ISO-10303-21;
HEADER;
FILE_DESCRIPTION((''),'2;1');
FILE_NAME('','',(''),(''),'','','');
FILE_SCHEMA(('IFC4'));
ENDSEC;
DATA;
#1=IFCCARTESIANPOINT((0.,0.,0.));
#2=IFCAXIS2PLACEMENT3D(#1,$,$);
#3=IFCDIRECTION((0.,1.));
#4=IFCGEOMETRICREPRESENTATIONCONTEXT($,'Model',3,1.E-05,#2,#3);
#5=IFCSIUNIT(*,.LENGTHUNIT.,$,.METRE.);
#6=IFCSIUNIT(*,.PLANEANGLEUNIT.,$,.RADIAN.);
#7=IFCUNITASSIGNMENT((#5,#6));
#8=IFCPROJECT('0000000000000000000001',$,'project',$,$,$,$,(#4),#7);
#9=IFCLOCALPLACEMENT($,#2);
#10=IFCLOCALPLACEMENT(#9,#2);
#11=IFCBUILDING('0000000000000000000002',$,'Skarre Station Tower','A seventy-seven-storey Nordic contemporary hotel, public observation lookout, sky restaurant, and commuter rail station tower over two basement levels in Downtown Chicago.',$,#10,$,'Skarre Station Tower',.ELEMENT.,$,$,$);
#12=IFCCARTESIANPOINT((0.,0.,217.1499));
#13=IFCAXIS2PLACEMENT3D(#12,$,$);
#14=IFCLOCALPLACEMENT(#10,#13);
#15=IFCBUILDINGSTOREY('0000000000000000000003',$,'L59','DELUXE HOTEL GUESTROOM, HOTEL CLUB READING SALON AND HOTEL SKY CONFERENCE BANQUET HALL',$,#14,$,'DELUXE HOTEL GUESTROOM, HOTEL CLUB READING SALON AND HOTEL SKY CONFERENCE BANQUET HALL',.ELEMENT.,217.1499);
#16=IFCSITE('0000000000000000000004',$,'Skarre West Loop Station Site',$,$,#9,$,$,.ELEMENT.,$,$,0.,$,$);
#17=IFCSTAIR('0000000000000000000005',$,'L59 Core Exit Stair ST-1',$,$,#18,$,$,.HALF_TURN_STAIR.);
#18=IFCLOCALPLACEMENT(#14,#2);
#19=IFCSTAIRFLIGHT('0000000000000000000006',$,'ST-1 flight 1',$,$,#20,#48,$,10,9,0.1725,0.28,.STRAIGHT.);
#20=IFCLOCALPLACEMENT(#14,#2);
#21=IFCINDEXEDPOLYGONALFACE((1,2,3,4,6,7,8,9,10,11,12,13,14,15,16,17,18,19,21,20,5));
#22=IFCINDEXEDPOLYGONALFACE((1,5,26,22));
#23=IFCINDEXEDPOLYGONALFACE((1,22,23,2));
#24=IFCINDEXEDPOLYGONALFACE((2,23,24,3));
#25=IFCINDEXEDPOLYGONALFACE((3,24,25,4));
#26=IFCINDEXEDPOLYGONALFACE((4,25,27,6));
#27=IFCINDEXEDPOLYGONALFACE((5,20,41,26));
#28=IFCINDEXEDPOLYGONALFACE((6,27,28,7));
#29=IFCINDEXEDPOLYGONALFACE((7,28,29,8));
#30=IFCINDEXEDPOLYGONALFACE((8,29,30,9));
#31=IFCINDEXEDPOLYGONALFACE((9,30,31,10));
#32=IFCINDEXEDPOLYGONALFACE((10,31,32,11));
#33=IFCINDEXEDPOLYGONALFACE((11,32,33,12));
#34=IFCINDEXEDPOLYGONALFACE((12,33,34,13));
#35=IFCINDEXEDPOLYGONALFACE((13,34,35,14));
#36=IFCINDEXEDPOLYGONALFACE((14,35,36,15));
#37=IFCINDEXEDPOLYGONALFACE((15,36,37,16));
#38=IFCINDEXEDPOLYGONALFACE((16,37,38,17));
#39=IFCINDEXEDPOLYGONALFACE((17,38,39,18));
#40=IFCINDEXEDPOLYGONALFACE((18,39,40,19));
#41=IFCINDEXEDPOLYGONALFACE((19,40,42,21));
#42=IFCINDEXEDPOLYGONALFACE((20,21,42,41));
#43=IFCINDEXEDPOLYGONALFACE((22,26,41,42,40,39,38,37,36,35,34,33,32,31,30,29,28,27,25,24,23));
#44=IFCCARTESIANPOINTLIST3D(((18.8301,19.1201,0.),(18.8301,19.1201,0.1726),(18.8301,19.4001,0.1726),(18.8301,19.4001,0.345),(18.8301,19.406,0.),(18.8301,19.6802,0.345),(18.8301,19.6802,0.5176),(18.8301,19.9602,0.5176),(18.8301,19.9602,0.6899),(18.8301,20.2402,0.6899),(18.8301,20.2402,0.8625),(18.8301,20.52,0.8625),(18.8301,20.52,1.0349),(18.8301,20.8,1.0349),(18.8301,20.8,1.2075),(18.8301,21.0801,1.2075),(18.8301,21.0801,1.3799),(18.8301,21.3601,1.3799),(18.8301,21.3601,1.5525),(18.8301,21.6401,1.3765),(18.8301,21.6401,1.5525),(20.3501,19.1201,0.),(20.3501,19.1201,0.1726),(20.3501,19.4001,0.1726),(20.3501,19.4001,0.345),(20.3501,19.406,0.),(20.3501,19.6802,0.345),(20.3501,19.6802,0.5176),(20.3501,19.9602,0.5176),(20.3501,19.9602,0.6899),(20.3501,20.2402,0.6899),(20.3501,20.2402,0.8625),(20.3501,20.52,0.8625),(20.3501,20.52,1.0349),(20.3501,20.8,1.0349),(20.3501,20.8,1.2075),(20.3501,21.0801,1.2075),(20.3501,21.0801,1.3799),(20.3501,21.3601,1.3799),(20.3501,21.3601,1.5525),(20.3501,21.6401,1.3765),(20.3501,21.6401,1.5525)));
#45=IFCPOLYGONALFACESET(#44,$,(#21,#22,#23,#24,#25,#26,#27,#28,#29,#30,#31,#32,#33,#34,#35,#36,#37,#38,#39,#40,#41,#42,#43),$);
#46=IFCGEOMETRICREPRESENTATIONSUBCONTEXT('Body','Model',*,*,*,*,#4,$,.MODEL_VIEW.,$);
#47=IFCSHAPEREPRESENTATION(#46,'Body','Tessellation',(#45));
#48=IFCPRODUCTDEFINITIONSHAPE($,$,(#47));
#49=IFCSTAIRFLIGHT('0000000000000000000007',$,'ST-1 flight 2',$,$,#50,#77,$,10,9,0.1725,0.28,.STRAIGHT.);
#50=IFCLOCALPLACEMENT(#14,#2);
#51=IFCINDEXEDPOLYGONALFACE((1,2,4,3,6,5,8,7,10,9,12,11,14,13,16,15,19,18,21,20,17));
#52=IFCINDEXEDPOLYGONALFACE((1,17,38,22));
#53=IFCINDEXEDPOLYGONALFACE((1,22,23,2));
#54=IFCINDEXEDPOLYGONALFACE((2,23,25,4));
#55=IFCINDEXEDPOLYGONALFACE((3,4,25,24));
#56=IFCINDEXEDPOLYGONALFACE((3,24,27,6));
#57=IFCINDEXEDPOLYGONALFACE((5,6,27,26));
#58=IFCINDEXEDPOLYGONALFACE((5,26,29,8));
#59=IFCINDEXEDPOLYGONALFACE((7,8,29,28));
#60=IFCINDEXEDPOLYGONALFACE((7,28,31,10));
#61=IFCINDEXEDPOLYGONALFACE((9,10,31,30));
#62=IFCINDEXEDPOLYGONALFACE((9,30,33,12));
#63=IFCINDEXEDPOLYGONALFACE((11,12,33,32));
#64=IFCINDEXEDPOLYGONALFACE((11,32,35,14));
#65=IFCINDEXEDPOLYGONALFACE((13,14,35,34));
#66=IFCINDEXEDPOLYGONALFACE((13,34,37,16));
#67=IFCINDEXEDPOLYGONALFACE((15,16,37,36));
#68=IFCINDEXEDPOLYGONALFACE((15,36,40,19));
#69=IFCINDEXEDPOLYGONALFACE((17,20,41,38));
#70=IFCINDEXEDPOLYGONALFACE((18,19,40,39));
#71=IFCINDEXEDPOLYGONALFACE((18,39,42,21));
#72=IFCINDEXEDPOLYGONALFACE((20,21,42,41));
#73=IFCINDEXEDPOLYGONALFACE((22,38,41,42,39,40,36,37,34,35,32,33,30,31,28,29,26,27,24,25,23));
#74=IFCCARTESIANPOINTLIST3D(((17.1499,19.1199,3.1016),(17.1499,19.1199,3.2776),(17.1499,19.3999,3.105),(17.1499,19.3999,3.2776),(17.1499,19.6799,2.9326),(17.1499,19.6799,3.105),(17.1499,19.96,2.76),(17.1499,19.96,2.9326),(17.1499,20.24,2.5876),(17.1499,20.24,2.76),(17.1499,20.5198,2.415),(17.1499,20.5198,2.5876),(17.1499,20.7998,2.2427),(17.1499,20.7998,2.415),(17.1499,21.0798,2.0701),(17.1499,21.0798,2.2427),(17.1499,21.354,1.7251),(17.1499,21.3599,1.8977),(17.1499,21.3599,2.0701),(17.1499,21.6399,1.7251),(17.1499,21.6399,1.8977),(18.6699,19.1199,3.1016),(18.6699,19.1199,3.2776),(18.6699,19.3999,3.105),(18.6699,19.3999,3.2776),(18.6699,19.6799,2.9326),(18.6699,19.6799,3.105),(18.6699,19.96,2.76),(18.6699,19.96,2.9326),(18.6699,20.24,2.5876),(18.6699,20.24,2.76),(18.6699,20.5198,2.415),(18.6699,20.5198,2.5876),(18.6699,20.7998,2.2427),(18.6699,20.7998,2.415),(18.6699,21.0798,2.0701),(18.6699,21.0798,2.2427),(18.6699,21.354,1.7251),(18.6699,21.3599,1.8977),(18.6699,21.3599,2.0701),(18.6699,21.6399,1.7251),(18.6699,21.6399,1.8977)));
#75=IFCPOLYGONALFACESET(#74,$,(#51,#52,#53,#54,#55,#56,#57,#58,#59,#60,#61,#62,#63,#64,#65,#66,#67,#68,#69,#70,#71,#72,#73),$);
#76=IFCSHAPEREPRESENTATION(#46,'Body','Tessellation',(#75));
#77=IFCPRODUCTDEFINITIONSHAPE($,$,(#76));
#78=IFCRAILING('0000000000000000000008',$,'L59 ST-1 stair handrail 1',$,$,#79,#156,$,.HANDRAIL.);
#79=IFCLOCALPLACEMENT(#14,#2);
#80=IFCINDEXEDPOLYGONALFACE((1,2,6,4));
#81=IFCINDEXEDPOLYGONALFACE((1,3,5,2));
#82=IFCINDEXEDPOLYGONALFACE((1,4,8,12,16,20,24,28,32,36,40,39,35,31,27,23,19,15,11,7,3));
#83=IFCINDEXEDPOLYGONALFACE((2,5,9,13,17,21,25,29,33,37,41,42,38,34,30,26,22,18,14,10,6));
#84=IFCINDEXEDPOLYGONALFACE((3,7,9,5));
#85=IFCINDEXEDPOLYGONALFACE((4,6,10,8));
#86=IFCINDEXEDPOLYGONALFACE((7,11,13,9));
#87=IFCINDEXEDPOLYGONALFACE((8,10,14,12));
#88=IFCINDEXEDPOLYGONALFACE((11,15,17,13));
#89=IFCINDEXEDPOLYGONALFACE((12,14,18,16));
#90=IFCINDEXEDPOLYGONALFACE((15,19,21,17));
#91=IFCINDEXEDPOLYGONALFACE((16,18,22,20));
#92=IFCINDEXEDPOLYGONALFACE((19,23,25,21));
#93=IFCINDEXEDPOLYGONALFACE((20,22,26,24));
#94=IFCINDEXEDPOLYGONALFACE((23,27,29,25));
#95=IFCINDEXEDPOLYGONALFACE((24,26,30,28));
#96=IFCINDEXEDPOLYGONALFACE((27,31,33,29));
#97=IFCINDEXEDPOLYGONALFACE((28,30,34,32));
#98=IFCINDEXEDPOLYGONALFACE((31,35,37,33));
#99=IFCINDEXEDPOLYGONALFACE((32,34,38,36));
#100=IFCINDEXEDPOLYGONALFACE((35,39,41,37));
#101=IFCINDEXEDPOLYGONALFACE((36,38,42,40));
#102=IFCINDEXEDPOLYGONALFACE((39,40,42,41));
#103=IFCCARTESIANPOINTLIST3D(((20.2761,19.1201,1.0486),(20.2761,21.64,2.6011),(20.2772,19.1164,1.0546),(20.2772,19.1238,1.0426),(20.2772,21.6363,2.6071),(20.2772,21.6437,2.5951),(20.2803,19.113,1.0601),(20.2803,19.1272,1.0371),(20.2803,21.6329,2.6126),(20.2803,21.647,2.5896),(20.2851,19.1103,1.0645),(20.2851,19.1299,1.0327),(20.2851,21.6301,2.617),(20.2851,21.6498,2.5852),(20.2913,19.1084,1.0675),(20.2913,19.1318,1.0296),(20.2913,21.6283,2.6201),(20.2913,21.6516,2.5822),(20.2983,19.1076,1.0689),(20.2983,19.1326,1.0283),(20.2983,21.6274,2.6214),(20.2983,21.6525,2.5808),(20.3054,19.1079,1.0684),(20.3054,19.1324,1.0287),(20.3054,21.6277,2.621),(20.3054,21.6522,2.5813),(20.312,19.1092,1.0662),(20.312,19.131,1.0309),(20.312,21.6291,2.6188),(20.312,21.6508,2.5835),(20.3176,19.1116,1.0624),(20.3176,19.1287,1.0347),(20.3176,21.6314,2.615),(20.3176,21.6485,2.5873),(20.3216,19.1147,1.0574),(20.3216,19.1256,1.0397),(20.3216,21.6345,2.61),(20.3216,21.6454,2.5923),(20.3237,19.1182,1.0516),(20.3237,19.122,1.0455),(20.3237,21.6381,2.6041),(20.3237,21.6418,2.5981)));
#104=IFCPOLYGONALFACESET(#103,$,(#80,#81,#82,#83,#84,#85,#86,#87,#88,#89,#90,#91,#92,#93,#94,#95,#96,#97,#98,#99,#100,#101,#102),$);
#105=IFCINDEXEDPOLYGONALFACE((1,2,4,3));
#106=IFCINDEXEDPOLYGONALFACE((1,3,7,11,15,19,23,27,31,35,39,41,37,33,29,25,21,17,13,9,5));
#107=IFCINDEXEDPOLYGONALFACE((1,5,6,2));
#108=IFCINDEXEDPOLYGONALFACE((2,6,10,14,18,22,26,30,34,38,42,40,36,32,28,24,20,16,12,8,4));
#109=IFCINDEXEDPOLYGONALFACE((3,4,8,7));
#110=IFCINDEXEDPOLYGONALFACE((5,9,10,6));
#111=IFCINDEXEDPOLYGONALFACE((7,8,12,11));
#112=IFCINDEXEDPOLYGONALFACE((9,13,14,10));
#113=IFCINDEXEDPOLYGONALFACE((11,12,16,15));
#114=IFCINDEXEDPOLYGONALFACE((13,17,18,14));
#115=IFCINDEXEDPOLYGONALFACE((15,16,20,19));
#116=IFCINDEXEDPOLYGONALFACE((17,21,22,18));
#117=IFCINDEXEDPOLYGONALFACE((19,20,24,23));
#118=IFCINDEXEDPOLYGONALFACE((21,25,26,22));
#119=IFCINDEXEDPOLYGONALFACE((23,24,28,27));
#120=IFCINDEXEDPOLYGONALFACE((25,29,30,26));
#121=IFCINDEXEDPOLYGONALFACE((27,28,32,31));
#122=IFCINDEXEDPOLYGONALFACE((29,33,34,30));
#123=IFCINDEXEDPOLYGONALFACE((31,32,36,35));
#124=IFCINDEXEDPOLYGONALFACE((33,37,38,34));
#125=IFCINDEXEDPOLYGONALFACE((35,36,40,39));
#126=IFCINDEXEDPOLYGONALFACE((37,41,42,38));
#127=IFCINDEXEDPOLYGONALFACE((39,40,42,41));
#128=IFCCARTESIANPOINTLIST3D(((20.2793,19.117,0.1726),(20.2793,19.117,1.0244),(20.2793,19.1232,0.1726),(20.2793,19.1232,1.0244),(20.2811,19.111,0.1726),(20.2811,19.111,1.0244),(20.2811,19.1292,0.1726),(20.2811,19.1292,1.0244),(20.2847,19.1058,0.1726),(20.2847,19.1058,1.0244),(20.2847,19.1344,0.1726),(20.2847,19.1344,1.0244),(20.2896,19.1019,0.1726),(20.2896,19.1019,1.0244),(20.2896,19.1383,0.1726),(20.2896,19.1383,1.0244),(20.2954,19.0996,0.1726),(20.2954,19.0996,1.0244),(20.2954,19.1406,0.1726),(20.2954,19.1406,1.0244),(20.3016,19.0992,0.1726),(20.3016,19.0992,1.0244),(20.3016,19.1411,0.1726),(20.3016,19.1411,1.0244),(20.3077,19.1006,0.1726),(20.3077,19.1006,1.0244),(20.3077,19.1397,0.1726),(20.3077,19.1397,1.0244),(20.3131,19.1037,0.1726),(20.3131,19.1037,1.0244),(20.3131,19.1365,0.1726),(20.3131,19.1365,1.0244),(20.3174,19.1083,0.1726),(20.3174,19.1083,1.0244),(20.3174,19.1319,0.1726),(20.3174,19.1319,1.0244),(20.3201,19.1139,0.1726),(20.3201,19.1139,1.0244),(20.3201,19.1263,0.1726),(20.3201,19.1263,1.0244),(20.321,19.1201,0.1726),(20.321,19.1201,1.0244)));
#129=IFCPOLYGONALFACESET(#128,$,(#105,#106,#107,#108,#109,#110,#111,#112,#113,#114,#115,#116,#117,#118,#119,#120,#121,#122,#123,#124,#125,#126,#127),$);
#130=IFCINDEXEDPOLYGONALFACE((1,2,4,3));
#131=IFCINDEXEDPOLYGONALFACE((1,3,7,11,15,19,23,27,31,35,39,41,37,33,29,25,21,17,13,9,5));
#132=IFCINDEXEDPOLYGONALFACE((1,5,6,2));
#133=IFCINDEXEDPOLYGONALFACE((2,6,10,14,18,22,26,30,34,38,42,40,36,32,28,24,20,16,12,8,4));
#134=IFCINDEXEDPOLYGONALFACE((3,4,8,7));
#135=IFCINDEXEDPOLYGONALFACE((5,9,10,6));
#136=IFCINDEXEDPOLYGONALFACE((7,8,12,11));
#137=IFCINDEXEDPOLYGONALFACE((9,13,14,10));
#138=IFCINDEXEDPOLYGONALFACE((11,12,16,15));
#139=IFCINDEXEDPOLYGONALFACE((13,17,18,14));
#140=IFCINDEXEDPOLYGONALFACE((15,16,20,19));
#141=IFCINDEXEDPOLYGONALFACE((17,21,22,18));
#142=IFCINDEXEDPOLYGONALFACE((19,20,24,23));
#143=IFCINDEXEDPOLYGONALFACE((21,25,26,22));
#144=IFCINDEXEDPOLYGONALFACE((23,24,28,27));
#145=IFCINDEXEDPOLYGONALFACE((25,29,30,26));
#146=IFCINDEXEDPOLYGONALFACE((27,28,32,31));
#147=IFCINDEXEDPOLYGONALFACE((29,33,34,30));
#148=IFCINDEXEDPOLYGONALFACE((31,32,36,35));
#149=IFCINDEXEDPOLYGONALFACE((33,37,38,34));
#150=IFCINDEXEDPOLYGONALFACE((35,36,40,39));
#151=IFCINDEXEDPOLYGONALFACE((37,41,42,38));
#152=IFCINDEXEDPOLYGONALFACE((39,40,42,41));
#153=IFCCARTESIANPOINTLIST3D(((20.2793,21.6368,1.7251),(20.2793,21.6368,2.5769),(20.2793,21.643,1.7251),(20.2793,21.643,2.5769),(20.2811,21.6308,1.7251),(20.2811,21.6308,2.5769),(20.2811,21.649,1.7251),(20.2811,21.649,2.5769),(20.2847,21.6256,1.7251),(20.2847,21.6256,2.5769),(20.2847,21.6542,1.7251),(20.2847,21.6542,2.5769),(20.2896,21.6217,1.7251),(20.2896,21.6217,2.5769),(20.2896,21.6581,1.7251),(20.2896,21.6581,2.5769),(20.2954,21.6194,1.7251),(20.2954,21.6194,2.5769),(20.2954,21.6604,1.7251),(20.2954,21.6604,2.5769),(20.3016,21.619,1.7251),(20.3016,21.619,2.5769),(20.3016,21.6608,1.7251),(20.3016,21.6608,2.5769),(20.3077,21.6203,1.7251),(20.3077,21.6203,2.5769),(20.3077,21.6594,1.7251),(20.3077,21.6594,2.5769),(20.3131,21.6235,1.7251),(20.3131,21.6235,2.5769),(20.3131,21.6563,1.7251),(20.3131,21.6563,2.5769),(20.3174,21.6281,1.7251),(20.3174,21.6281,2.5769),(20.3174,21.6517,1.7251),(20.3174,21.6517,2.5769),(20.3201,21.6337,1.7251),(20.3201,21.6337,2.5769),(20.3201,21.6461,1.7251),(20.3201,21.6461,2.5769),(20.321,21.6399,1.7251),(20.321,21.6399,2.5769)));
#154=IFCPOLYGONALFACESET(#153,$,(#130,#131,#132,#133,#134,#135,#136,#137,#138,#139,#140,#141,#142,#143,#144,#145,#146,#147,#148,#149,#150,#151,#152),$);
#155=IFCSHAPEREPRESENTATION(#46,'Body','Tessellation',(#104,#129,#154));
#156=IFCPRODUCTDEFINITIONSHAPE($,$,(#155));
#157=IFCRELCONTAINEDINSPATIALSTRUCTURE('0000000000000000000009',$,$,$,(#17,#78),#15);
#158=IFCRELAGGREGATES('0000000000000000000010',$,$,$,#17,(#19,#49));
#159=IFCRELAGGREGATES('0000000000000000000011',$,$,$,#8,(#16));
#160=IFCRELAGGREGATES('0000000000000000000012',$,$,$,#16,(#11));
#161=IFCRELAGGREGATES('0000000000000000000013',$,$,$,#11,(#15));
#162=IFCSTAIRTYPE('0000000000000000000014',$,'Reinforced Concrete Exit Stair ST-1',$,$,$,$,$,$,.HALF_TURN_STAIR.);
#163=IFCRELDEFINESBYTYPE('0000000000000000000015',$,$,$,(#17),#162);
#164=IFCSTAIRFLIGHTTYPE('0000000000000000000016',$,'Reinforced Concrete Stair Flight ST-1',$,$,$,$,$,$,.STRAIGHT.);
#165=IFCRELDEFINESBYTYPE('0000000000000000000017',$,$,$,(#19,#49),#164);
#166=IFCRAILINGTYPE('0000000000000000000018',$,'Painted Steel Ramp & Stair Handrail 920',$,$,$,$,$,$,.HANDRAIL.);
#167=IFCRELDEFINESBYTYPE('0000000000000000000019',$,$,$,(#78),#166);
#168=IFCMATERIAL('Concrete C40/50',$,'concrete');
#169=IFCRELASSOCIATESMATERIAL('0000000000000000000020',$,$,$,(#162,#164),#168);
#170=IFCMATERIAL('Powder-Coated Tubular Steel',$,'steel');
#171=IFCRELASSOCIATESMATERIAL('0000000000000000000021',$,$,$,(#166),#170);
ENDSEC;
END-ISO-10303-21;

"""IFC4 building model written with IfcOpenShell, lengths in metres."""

from ifc_helpers import new_model, si_unit, direction, frame, origin, origin_2d, place, context, subcontext, project, spatial, polyline, circle, outline, extrude, material, type_object, element, aggregate, save


model = new_model("IFC4")

# Units and contexts
model_context = context("Model", 3, precision=1e-05, world=origin(), true_north=direction((0.0, 1.0)))
body_context = subcontext(model_context, "Body", "Model", "MODEL_VIEW")
ifc_project = project(units=[si_unit("LENGTHUNIT", "METRE"), si_unit("PLANEANGLEUNIT", "RADIAN")], contexts=[model_context])

# Site, building, storey
site_placement = place(None, origin())
site = spatial("IfcSite", under=ifc_project, at=site_placement, Name="Skarre West Loop Station Site", CompositionType="ELEMENT", RefElevation=0.0)
building_placement = place(site_placement, origin())
building = spatial("IfcBuilding", under=site, at=building_placement, Name="Skarre Station Tower", Description="A seventy-seven-storey Nordic contemporary hotel, public observation lookout, sky restaurant, and commuter rail station tower over two basement levels in Downtown Chicago.", LongName="Skarre Station Tower", CompositionType="ELEMENT")
storey_placement = place(building_placement, frame((0.0, 0.0, 217.1499)))
storey = spatial("IfcBuildingStorey", under=building, at=storey_placement, Name="L59", Description="DELUXE HOTEL GUESTROOM, HOTEL CLUB READING SALON AND HOTEL SKY CONFERENCE BANQUET HALL", LongName="DELUXE HOTEL GUESTROOM, HOTEL CLUB READING SALON AND HOTEL SKY CONFERENCE BANQUET HALL", CompositionType="ELEMENT", Elevation=217.1499)

# Stair
ifc_material_1 = material(Name="Concrete C40/50", Category="concrete")
stair_type_1 = type_object("IfcStairType", Name="Reinforced Concrete Exit Stair ST-1", PredefinedType="HALF_TURN_STAIR", material=ifc_material_1)
stair_1_placement = place(storey_placement, origin())
stair_1 = element("IfcStair", 1, at=stair_1_placement, inside=storey, type_object=stair_type_1, Name="L59 Core Exit Stair ST-1", PredefinedType="HALF_TURN_STAIR")

# Stair flights
stair_flight_type = type_object("IfcStairFlightType", Name="Reinforced Concrete Stair Flight ST-1", PredefinedType="STRAIGHT", material=ifc_material_1)
stair_flight_1_placement = place(storey_placement, frame((19.5901, 19.1201, 0.0), z_axis=(0.0, 0.0, 1.0), x_axis=(0.0, 1.0, 0.0)))
stair_flight_1 = element("IfcStairFlight", 2, at=stair_flight_1_placement, type_object=stair_flight_type, Name="ST-1 flight 1", NumberOfRisers=10, NumberOfTreads=9, PredefinedType="STRAIGHT", RiserHeight=0.1725, TreadLength=0.28, context=body_context, shape_type="SweptSolid", body=[
    extrude(outline(polyline([(0.0, 0.0), (0.0, 0.1726), (0.28, 0.1726), (0.28, 0.345), (0.5601, 0.345), (0.5601, 0.5176), (0.8401, 0.5176), (0.8401, 0.6899), (1.1201, 0.6899), (1.1201, 0.8625), (1.3999, 0.8625), (1.3999, 1.0349), (1.6799, 1.0349), (1.6799, 1.2075), (1.96, 1.2075), (1.96, 1.3799), (2.24, 1.3799), (2.24, 1.5525), (2.52, 1.5525), (2.52, 1.7251), (2.52, 1.3765), (0.2859, 0.0), (0.0, 0.0)])), frame((0.0, 0.76, 0.0), z_axis=(0.0, -1.0, 0.0), x_axis=(1.0, 0.0, 0.0)), (0.0, 0.0, 1.0), 1.52),
])
stair_flight_2_placement = place(storey_placement, frame((17.9099, 21.6399, 1.7251), z_axis=(0.0, 0.0, 1.0), x_axis=(0.0, -1.0, 0.0)))
stair_flight_2 = element("IfcStairFlight", 3, at=stair_flight_2_placement, type_object=stair_flight_type, Name="ST-1 flight 2", NumberOfRisers=10, NumberOfTreads=9, PredefinedType="STRAIGHT", RiserHeight=0.1725, TreadLength=0.28, context=body_context, shape_type="SweptSolid", body=[
    extrude(outline(polyline([(0.0, 0.0), (0.0, 0.1726), (0.28, 0.1726), (0.28, 0.345), (0.5601, 0.345), (0.5601, 0.5176), (0.8401, 0.5176), (0.8401, 0.6899), (1.1201, 0.6899), (1.1201, 0.8625), (1.3999, 0.8625), (1.3999, 1.0349), (1.6799, 1.0349), (1.6799, 1.2075), (1.96, 1.2075), (1.96, 1.3799), (2.24, 1.3799), (2.24, 1.5525), (2.52, 1.5525), (2.52, 1.7251), (2.52, 1.3765), (0.2859, 0.0), (0.0, 0.0)])), frame((0.0, 0.76, 0.0), z_axis=(0.0, -1.0, 0.0), x_axis=(1.0, 0.0, 0.0)), (0.0, 0.0, 1.0), 1.52),
])
aggregate(stair_1, [stair_flight_1, stair_flight_2])

# Railing
ifc_material_2 = material(Name="Powder-Coated Tubular Steel", Category="steel")
railing_type_1 = type_object("IfcRailingType", Name="Painted Steel Ramp & Stair Handrail 920", PredefinedType="HANDRAIL", material=ifc_material_2)
railing_1_placement = place(storey_placement, frame((20.3, 19.1201, 0.1726)))
element("IfcRailing", 4, at=railing_1_placement, inside=storey, type_object=railing_type_1, Name="L59 ST-1 stair handrail 1", PredefinedType="HANDRAIL", context=body_context, shape_type="SweptSolid", body=[
    extrude(circle(Radius=0.0239, at=origin_2d()), frame((0.0, 0.0, 0.876), z_axis=(0.0, 0.851378, 0.524553), x_axis=(-1.0, 0.0, 0.0)), (0.0, 0.0, 1.0), 2.9597),
    extrude(circle(Radius=0.021, at=origin_2d()), origin(), (0.0, 0.0, 1.0), 0.8518),
    extrude(circle(Radius=0.021, at=origin_2d()), frame((0.0, 2.5198, 1.5525)), (0.0, 0.0, 1.0), 0.8518),
])

save(model, "model.ifc")
